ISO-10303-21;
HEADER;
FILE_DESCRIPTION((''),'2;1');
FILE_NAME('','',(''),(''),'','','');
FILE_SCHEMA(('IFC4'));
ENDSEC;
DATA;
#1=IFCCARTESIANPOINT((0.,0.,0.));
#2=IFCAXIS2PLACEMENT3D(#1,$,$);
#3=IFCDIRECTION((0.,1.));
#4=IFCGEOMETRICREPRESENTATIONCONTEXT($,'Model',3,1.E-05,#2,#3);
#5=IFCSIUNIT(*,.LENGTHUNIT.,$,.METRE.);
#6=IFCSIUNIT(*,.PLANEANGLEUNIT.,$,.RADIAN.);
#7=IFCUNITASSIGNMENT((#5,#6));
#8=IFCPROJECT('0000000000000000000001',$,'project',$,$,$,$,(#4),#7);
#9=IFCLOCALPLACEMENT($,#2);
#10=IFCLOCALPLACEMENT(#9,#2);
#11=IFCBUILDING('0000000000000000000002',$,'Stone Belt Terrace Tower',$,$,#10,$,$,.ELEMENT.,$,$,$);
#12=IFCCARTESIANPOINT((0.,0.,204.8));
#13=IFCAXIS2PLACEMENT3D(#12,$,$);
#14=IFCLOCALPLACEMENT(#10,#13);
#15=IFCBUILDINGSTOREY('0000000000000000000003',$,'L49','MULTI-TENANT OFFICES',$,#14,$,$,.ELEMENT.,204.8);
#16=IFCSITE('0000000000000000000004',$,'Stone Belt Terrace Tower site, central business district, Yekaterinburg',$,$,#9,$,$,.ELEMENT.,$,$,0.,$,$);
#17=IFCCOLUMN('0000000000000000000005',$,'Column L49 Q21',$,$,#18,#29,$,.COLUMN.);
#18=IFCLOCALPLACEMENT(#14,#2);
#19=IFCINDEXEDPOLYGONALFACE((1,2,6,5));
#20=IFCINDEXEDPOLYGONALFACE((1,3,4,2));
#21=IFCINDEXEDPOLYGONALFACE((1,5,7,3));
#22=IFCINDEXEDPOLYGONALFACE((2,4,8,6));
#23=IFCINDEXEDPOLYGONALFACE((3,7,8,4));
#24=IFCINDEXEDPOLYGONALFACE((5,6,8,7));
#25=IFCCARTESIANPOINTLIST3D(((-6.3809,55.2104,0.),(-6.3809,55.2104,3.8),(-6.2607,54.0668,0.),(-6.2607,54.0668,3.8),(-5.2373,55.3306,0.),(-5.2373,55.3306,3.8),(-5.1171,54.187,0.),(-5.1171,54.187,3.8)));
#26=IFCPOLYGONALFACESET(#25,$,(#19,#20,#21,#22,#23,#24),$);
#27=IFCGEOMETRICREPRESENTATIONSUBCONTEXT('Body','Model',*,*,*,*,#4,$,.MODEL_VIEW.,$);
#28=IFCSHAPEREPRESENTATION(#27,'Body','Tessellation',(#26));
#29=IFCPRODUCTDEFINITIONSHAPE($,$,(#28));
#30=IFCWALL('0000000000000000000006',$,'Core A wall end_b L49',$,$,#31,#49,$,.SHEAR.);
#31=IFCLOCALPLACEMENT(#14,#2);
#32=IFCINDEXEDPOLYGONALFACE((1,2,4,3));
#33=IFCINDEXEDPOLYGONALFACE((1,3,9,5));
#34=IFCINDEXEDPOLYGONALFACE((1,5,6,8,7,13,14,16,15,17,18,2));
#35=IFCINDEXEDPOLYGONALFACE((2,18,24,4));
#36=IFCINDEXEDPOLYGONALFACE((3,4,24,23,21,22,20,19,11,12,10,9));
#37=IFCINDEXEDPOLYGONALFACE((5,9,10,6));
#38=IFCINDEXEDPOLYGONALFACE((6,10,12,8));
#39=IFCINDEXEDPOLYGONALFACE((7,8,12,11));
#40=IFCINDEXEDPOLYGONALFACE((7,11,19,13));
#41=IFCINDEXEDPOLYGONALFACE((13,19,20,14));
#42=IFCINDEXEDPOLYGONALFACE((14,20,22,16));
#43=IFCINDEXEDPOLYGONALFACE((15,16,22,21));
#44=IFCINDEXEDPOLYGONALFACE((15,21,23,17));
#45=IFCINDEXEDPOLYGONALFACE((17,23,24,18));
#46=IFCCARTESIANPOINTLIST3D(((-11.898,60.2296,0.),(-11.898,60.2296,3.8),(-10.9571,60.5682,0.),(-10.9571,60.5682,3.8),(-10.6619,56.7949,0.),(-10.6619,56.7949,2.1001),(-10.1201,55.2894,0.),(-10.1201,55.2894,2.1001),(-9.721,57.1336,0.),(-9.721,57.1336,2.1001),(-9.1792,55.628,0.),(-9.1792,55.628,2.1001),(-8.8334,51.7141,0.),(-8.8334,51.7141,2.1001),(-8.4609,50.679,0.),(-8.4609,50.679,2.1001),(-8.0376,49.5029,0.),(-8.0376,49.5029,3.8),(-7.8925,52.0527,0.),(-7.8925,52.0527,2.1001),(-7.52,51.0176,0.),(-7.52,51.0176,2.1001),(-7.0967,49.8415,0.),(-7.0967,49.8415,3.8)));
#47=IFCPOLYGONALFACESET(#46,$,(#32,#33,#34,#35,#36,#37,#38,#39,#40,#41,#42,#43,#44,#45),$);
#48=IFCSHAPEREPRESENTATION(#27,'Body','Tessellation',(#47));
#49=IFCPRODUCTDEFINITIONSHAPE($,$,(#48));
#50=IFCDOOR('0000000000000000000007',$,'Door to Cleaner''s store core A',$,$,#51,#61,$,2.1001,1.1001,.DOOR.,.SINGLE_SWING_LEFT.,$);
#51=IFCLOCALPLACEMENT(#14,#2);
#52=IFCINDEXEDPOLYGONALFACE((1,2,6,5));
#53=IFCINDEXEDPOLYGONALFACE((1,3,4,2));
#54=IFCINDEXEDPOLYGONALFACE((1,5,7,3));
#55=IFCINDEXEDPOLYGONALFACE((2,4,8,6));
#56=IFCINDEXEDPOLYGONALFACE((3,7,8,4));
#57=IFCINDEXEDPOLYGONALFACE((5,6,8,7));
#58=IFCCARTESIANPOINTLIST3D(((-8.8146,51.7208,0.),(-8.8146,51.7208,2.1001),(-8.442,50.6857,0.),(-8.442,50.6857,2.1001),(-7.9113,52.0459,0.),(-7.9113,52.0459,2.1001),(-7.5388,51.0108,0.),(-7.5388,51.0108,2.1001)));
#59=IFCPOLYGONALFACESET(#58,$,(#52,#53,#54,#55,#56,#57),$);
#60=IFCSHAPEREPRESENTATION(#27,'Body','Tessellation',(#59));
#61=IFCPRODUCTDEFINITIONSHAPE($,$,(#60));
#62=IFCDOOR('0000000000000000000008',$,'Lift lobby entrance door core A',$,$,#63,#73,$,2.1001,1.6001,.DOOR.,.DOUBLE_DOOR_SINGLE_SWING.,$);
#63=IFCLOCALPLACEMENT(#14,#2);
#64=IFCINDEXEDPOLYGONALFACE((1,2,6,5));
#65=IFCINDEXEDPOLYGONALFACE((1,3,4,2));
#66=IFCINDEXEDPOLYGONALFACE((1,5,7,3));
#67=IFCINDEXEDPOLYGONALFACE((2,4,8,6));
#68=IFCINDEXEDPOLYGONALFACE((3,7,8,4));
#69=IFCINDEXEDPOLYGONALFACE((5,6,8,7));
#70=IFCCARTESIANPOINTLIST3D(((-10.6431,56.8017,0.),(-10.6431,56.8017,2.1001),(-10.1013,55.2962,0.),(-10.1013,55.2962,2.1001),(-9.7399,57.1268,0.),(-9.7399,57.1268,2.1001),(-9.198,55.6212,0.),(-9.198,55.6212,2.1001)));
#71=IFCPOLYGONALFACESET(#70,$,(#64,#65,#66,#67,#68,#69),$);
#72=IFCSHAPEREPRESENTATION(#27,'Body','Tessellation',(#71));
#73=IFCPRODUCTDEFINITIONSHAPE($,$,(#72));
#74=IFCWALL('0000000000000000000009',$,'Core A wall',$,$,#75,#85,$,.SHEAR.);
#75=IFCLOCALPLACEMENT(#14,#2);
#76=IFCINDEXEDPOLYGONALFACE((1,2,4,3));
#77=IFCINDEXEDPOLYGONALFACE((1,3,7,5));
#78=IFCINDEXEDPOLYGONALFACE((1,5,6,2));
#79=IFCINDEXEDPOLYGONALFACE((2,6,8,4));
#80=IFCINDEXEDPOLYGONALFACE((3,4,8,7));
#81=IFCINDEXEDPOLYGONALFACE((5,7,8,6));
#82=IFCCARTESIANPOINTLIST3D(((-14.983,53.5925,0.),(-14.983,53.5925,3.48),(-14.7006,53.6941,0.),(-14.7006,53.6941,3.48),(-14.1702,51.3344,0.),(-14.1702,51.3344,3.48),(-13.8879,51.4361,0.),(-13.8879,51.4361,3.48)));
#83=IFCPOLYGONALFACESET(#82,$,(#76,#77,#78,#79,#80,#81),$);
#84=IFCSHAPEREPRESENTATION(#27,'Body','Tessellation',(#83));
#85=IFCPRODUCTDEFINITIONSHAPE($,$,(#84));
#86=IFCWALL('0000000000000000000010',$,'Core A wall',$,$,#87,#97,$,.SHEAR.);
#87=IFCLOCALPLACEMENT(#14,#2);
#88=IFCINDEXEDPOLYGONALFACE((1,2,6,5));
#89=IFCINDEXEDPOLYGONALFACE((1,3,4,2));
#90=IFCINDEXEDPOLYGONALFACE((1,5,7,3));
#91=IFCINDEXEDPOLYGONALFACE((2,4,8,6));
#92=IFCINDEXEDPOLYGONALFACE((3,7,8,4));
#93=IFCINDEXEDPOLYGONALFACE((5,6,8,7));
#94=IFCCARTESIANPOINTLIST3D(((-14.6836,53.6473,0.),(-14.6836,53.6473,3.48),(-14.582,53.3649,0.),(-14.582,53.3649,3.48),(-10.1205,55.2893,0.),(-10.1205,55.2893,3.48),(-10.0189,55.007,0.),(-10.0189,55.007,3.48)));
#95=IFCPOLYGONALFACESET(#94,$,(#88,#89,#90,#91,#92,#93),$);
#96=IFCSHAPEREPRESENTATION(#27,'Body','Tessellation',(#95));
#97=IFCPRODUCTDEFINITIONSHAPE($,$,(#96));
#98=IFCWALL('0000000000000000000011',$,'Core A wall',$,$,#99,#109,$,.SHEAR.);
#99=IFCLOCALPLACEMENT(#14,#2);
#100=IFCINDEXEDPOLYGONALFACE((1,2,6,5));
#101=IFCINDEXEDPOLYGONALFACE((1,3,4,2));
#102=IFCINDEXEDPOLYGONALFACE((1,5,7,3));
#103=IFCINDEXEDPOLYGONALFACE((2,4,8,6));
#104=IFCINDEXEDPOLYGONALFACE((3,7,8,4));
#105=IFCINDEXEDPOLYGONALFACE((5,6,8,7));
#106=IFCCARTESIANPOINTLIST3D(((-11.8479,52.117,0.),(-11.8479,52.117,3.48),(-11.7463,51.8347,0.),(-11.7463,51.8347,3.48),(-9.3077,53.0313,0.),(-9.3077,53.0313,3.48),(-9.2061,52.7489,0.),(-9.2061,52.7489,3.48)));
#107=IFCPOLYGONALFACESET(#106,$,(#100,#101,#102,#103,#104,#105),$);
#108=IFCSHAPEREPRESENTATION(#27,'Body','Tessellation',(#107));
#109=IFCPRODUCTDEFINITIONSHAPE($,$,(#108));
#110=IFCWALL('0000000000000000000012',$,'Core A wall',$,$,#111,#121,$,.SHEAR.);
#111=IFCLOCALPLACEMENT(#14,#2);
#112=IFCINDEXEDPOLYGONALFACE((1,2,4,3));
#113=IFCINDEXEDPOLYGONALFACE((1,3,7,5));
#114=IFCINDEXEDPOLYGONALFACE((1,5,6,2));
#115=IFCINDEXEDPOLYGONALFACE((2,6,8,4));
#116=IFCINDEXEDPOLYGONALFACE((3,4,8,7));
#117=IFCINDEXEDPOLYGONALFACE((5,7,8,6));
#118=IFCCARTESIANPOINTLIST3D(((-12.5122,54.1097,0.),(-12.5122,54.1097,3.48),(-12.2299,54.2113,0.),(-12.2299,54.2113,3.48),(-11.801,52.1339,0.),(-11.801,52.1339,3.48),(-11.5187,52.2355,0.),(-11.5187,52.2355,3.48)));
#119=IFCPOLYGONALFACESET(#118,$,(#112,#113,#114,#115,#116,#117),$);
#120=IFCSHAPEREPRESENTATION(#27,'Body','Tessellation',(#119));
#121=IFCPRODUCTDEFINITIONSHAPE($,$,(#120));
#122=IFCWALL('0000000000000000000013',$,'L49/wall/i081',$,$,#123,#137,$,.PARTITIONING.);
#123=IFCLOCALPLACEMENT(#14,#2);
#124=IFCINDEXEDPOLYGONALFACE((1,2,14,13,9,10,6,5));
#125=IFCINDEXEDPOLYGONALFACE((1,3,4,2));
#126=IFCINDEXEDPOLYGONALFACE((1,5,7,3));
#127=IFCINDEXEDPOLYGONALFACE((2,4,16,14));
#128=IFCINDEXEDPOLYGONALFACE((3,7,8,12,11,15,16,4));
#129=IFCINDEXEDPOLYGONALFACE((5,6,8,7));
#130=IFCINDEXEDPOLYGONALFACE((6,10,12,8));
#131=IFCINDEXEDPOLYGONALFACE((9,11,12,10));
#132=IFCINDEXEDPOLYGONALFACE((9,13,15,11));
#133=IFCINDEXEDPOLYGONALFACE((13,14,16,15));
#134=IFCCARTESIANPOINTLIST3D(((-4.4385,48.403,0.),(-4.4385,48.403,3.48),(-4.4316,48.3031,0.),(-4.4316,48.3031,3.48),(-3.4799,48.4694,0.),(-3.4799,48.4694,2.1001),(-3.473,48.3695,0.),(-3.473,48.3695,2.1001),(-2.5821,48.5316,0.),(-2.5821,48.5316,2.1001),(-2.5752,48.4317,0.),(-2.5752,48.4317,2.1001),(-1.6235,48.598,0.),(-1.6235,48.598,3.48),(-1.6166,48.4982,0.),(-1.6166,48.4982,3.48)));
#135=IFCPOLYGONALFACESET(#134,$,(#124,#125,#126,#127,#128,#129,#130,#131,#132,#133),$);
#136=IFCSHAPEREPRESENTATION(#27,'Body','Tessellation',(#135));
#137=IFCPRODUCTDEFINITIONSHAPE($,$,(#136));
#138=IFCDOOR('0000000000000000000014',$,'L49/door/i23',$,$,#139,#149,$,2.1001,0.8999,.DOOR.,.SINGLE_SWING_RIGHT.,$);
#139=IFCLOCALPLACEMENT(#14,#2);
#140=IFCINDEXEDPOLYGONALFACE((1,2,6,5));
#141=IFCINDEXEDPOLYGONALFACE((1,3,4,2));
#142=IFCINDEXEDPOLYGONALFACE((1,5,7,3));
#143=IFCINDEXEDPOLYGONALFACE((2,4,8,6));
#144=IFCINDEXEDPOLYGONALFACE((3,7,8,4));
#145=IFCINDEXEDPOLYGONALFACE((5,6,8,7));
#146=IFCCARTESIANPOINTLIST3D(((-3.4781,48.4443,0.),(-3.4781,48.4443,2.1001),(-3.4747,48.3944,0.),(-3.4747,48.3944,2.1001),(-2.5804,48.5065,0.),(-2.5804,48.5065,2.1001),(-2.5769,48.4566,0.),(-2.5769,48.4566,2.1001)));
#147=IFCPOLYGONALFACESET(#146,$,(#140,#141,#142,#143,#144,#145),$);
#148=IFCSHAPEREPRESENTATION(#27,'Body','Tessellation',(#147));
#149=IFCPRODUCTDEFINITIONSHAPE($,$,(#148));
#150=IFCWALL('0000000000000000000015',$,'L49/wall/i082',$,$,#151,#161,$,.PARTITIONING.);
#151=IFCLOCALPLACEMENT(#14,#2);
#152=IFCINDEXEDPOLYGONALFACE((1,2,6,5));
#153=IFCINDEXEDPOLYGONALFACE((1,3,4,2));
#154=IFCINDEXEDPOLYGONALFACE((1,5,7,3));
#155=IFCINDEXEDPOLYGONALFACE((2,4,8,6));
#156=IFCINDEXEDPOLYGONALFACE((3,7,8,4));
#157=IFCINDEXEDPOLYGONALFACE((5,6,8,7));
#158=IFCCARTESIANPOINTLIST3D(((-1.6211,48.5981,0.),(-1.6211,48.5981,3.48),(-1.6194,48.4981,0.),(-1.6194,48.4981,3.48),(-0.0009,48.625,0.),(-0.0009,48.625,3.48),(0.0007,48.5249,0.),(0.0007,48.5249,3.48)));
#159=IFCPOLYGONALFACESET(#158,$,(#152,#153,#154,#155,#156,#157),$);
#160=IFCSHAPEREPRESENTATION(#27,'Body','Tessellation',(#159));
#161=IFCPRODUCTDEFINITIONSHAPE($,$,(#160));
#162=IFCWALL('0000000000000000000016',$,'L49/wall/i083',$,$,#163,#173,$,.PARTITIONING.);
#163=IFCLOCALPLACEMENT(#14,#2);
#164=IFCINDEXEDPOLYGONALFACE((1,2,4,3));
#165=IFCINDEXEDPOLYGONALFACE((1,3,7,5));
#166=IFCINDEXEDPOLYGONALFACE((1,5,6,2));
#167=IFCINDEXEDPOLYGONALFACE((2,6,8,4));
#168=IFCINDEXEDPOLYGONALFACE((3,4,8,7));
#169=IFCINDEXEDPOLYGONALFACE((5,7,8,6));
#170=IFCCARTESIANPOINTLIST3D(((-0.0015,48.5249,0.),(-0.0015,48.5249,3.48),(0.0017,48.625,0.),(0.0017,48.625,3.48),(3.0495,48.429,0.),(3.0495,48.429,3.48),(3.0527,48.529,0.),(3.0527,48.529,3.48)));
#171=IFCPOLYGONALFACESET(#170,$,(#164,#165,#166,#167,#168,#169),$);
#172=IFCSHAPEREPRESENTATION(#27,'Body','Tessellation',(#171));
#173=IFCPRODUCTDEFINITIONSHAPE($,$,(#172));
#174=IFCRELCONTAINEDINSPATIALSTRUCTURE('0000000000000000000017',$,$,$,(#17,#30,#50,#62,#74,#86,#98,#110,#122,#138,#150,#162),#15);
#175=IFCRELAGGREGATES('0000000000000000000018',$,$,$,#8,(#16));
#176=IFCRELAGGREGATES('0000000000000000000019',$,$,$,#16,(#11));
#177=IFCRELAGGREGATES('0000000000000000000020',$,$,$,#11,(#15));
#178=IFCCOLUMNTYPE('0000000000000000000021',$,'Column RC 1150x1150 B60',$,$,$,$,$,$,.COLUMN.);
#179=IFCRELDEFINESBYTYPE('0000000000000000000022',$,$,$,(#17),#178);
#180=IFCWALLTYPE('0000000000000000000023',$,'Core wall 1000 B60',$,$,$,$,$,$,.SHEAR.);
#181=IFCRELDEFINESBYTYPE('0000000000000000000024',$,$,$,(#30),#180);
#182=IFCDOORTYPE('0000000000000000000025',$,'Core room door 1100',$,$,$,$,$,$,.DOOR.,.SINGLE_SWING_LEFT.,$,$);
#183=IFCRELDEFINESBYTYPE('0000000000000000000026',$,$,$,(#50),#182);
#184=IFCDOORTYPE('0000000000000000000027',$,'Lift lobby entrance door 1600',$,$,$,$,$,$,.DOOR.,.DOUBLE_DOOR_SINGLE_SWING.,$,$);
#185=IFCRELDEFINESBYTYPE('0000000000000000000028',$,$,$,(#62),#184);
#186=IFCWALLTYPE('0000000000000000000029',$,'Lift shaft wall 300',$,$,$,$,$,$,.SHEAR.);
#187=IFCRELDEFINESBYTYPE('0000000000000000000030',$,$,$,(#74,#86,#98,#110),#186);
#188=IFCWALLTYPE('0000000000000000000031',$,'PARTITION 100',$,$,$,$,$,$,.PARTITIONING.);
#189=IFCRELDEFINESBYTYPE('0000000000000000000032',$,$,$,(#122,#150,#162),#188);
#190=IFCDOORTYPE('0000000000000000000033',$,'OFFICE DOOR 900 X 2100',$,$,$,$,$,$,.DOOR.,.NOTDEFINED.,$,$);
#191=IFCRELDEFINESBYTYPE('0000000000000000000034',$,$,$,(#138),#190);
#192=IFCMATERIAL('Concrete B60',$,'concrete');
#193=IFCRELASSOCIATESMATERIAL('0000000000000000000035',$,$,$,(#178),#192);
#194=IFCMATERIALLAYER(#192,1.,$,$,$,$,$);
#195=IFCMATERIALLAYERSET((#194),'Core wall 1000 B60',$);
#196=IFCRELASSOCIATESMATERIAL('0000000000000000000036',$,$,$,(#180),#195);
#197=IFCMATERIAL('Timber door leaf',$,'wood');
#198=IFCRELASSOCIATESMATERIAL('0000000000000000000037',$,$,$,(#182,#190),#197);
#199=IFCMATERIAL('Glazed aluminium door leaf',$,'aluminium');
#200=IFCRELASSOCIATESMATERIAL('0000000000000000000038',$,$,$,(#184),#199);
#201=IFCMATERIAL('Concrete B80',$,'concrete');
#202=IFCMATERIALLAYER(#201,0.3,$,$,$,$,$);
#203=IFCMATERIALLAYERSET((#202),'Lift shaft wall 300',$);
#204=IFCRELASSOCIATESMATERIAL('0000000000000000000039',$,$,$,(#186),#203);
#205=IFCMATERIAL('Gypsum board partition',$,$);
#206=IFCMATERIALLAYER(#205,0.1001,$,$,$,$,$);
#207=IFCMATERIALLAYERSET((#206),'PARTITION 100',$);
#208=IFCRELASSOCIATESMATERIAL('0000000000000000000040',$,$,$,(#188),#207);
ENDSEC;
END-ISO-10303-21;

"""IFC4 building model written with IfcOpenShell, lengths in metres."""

from ifc_helpers import new_model, si_unit, direction, frame, frame_2d, origin, origin_2d, place, context, subcontext, project, spatial, rectangle, extrude, material, layer, layer_set, material_profile, profile_set, type_object, element, fill, save


model = new_model("IFC4")

# Units and contexts
model_context = context("Model", 3, precision=1e-05, world=origin(), true_north=direction((0.0, 1.0)))
body_context = subcontext(model_context, "Body", "Model", "MODEL_VIEW")
ifc_project = project(units=[si_unit("LENGTHUNIT", "METRE"), si_unit("PLANEANGLEUNIT", "RADIAN")], contexts=[model_context])

# Site, building, storey
site_placement = place(None, origin())
site = spatial("IfcSite", under=ifc_project, at=site_placement, Name="Stone Belt Terrace Tower site, central business district, Yekaterinburg", CompositionType="ELEMENT", RefElevation=0.0)
building_placement = place(site_placement, origin())
building = spatial("IfcBuilding", under=site, at=building_placement, Name="Stone Belt Terrace Tower", CompositionType="ELEMENT")
storey_placement = place(building_placement, frame((0.0, 0.0, 204.8)))
storey = spatial("IfcBuildingStorey", under=building, at=storey_placement, Name="L49", Description="MULTI-TENANT OFFICES", CompositionType="ELEMENT", Elevation=204.8)

# Column
ifc_material_1 = material(Name="Concrete B60", Category="concrete")
ifc_material_profile = material_profile(ifc_material_1, rectangle(XDim=1.1499, YDim=1.1499, at=origin_2d()), Name="RC 1150x1150")
ifc_profile_set = profile_set([ifc_material_profile], Name="Concrete B60")
column_type = type_object("IfcColumnType", Name="Column RC 1150x1150 B60", PredefinedType="COLUMN", material=ifc_profile_set)
column_placement = place(storey_placement, frame((-5.749, 54.6987, 0.0), z_axis=(0.0, 0.0, 1.0), x_axis=(0.994522, 0.104528, 0.0)))
element("IfcColumn", 1, at=column_placement, inside=storey, type_object=column_type, Name="Column L49 Q21", PredefinedType="COLUMN", context=body_context, shape_type="SweptSolid", body=[
    extrude(rectangle(XDim=1.1499, YDim=1.1499, at=origin_2d()), origin(), (0.0, 0.0, 1.0), 3.8),
])

# Wall, openings, doors
ifc_layer_1 = layer(ifc_material_1, 1.0)
ifc_layer_set_1 = layer_set([ifc_layer_1], Name="Core wall 1000 B60")
wall_type_1 = type_object("IfcWallType", Name="Core wall 1000 B60", PredefinedType="SHEAR", material=ifc_layer_set_1)
wall_1_placement = place(storey_placement, frame((-7.5671, 49.6721, 0.0), z_axis=(0.0, 0.0, 1.0), x_axis=(-0.338625, 0.940921, 0.0)))
wall_1 = element("IfcWall", 2, at=wall_1_placement, inside=storey, type_object=wall_type_1, Name="Core A wall end_b L49", PredefinedType="SHEAR", context=body_context, shape_type="SweptSolid", body=[
    extrude(rectangle(XDim=11.4001, YDim=1.0, at=frame_2d((5.7002, 0.0))), origin(), (0.0, 0.0, 1.0), 3.8),
])
opening_1_placement = place(wall_1_placement, frame((6.1499, 0.0, 0.0)))
opening_1 = element("IfcOpeningElement", 3, at=opening_1_placement, cuts=wall_1, PredefinedType="OPENING", context=body_context, shape_type="SweptSolid", body=[
    extrude(rectangle(XDim=1.6001, YDim=2.1001, at=frame_2d((0.8, 1.05))), frame((0.0, 0.51, 0.0), z_axis=(0.0, -1.0, 0.0), x_axis=(1.0, 0.0, 0.0)), (0.0, 0.0, 1.0), 1.02),
])
opening_2_placement = place(wall_1_placement, frame((1.25, 0.0, 0.0)))
opening_2 = element("IfcOpeningElement", 4, at=opening_2_placement, cuts=wall_1, PredefinedType="OPENING", context=body_context, shape_type="SweptSolid", body=[
    extrude(rectangle(XDim=1.1001, YDim=2.1001, at=frame_2d((0.55, 1.05))), frame((0.0, 0.51, 0.0), z_axis=(0.0, -1.0, 0.0), x_axis=(1.0, 0.0, 0.0)), (0.0, 0.0, 1.0), 1.02),
])
ifc_material_2 = material(Name="Timber door leaf", Category="wood")
door_type_1 = type_object("IfcDoorType", Name="Core room door 1100", OperationType="SINGLE_SWING_LEFT", PredefinedType="DOOR", material=ifc_material_2)
door_1_placement = place(opening_2_placement, origin())
door_1 = element("IfcDoor", 5, at=door_1_placement, inside=storey, type_object=door_type_1, Name="Door to Cleaner's store core A", OperationType="SINGLE_SWING_LEFT", OverallHeight=2.1001, OverallWidth=1.1001, PredefinedType="DOOR", context=body_context, shape_type="SweptSolid", body=[
    extrude(rectangle(XDim=1.1001, YDim=2.1001, at=frame_2d((0.55, 1.05))), frame((0.0, 0.48, 0.0), z_axis=(0.0, -1.0, 0.0), x_axis=(1.0, 0.0, 0.0)), (0.0, 0.0, 1.0), 0.96),
])
fill(opening_2, door_1)
ifc_material_3 = material(Name="Glazed aluminium door leaf", Category="aluminium")
door_type_2 = type_object("IfcDoorType", Name="Lift lobby entrance door 1600", OperationType="DOUBLE_DOOR_SINGLE_SWING", PredefinedType="DOOR", material=ifc_material_3)
door_2_placement = place(opening_1_placement, origin())
door_2 = element("IfcDoor", 6, at=door_2_placement, inside=storey, type_object=door_type_2, Name="Lift lobby entrance door core A", OperationType="DOUBLE_DOOR_SINGLE_SWING", OverallHeight=2.1001, OverallWidth=1.6001, PredefinedType="DOOR", context=body_context, shape_type="SweptSolid", body=[
    extrude(rectangle(XDim=1.6001, YDim=2.1001, at=frame_2d((0.8, 1.05))), frame((0.0, 0.48, 0.0), z_axis=(0.0, -1.0, 0.0), x_axis=(1.0, 0.0, 0.0)), (0.0, 0.0, 1.0), 0.96),
])
fill(opening_1, door_2)

# Walls
ifc_material_4 = material(Name="Concrete B80", Category="concrete")
ifc_layer_2 = layer(ifc_material_4, 0.3)
ifc_layer_set_2 = layer_set([ifc_layer_2], Name="Lift shaft wall 300")
wall_type_2 = type_object("IfcWallType", Name="Lift shaft wall 300", PredefinedType="SHEAR", material=ifc_layer_set_2)
wall_2_placement = place(storey_placement, frame((-14.0291, 51.3853, 0.0), z_axis=(0.0, 0.0, 1.0), x_axis=(-0.338662, 0.940908, 0.0)))
element("IfcWall", 7, at=wall_2_placement, inside=storey, type_object=wall_type_2, Name="Core A wall", PredefinedType="SHEAR", context=body_context, shape_type="SweptSolid", body=[
    extrude(rectangle(XDim=2.3999, YDim=0.3, at=frame_2d((1.2, 0.0))), origin(), (0.0, 0.0, 1.0), 3.48),
])
wall_3_placement = place(storey_placement, frame((-14.6328, 53.5061, 0.0), z_axis=(0.0, 0.0, 1.0), x_axis=(0.940932, 0.338596, 0.0)))
element("IfcWall", 8, at=wall_3_placement, inside=storey, type_object=wall_type_2, Name="Core A wall", PredefinedType="SHEAR", context=body_context, shape_type="SweptSolid", body=[
    extrude(rectangle(XDim=4.8496, YDim=0.3, at=frame_2d((2.4248, 0.0))), origin(), (0.0, 0.0, 1.0), 3.48),
])
wall_4_placement = place(storey_placement, frame((-11.7971, 51.9758, 0.0), z_axis=(0.0, 0.0, 1.0), x_axis=(0.94091, 0.338655, 0.0)))
element("IfcWall", 9, at=wall_4_placement, inside=storey, type_object=wall_type_2, Name="Core A wall", PredefinedType="SHEAR", context=body_context, shape_type="SweptSolid", body=[
    extrude(rectangle(XDim=2.6997, YDim=0.3, at=frame_2d((1.3499, 0.0))), origin(), (0.0, 0.0, 1.0), 3.48),
])
wall_5_placement = place(storey_placement, frame((-11.6599, 52.1848, 0.0), z_axis=(0.0, 0.0, 1.0), x_axis=(-0.33867, 0.940905, 0.0)))
element("IfcWall", 10, at=wall_5_placement, inside=storey, type_object=wall_type_2, Name="Core A wall", PredefinedType="SHEAR", context=body_context, shape_type="SweptSolid", body=[
    extrude(rectangle(XDim=2.0999, YDim=0.3, at=frame_2d((1.0498, 0.0))), origin(), (0.0, 0.0, 1.0), 3.48),
])

# Wall, opening, door
ifc_material_5 = material(Name="Gypsum board partition")
ifc_layer_3 = layer(ifc_material_5, 0.1001)
ifc_layer_set_3 = layer_set([ifc_layer_3], Name="PARTITION 100")
wall_type_3 = type_object("IfcWallType", Name="PARTITION 100", PredefinedType="PARTITIONING", material=ifc_layer_set_3)
wall_6_placement = place(storey_placement, frame((-4.4351, 48.353, 0.0), z_axis=(0.0, 0.0, 1.0), x_axis=(0.997608, 0.069132, 0.0)))
wall_6 = element("IfcWall", 11, at=wall_6_placement, inside=storey, type_object=wall_type_3, Name="L49/wall/i081", PredefinedType="PARTITIONING", context=body_context, shape_type="SweptSolid", body=[
    extrude(rectangle(XDim=2.8218, YDim=0.1001, at=frame_2d((1.4109, 0.0))), origin(), (0.0, 0.0, 1.0), 3.48),
])
opening_3_placement = place(wall_6_placement, frame((0.9609, 0.0, 0.0)))
opening_3 = element("IfcOpeningElement", 12, at=opening_3_placement, cuts=wall_6, PredefinedType="OPENING", context=body_context, shape_type="SweptSolid", body=[
    extrude(rectangle(XDim=0.8999, YDim=2.1001, at=frame_2d((0.45, 1.05))), frame((0.0, 0.0601, 0.0), z_axis=(0.0, -1.0, 0.0), x_axis=(1.0, 0.0, 0.0)), (0.0, 0.0, 1.0), 0.1201),
])
door_type_3 = type_object("IfcDoorType", Name="OFFICE DOOR 900 X 2100", OperationType="NOTDEFINED", PredefinedType="DOOR", material=ifc_material_2)
door_3_placement = place(opening_3_placement, origin())
door_3 = element("IfcDoor", 13, at=door_3_placement, inside=storey, type_object=door_type_3, Name="L49/door/i23", OperationType="SINGLE_SWING_RIGHT", OverallHeight=2.1001, OverallWidth=0.8999, PredefinedType="DOOR", context=body_context, shape_type="SweptSolid", body=[
    extrude(rectangle(XDim=0.8999, YDim=2.1001, at=frame_2d((0.45, 1.05))), frame((0.0, 0.0249, 0.0), z_axis=(0.0, -1.0, 0.0), x_axis=(1.0, 0.0, 0.0)), (0.0, 0.0, 1.0), 0.05),
])
fill(opening_3, door_3)

# Walls
wall_7_placement = place(storey_placement, frame((-1.6201, 48.5481, 0.0), z_axis=(0.0, 0.0, 1.0), x_axis=(0.999863, 0.016574, 0.0)))
element("IfcWall", 14, at=wall_7_placement, inside=storey, type_object=wall_type_3, Name="L49/wall/i082", PredefinedType="PARTITIONING", context=body_context, shape_type="SweptSolid", body=[
    extrude(rectangle(XDim=1.6204, YDim=0.1001, at=frame_2d((0.8101, 0.0))), origin(), (0.0, 0.0, 1.0), 3.48),
])
wall_8_placement = place(storey_placement, frame((0.0, 48.575, 0.0), z_axis=(0.0, 0.0, 1.0), x_axis=(0.999506, -0.031432, 0.0)))
element("IfcWall", 15, at=wall_8_placement, inside=storey, type_object=wall_type_3, Name="L49/wall/i083", PredefinedType="PARTITIONING", context=body_context, shape_type="SweptSolid", body=[
    extrude(rectangle(XDim=3.0525, YDim=0.1001, at=frame_2d((1.5264, 0.0))), origin(), (0.0, 0.0, 1.0), 3.48),
])

save(model, "model.ifc")
